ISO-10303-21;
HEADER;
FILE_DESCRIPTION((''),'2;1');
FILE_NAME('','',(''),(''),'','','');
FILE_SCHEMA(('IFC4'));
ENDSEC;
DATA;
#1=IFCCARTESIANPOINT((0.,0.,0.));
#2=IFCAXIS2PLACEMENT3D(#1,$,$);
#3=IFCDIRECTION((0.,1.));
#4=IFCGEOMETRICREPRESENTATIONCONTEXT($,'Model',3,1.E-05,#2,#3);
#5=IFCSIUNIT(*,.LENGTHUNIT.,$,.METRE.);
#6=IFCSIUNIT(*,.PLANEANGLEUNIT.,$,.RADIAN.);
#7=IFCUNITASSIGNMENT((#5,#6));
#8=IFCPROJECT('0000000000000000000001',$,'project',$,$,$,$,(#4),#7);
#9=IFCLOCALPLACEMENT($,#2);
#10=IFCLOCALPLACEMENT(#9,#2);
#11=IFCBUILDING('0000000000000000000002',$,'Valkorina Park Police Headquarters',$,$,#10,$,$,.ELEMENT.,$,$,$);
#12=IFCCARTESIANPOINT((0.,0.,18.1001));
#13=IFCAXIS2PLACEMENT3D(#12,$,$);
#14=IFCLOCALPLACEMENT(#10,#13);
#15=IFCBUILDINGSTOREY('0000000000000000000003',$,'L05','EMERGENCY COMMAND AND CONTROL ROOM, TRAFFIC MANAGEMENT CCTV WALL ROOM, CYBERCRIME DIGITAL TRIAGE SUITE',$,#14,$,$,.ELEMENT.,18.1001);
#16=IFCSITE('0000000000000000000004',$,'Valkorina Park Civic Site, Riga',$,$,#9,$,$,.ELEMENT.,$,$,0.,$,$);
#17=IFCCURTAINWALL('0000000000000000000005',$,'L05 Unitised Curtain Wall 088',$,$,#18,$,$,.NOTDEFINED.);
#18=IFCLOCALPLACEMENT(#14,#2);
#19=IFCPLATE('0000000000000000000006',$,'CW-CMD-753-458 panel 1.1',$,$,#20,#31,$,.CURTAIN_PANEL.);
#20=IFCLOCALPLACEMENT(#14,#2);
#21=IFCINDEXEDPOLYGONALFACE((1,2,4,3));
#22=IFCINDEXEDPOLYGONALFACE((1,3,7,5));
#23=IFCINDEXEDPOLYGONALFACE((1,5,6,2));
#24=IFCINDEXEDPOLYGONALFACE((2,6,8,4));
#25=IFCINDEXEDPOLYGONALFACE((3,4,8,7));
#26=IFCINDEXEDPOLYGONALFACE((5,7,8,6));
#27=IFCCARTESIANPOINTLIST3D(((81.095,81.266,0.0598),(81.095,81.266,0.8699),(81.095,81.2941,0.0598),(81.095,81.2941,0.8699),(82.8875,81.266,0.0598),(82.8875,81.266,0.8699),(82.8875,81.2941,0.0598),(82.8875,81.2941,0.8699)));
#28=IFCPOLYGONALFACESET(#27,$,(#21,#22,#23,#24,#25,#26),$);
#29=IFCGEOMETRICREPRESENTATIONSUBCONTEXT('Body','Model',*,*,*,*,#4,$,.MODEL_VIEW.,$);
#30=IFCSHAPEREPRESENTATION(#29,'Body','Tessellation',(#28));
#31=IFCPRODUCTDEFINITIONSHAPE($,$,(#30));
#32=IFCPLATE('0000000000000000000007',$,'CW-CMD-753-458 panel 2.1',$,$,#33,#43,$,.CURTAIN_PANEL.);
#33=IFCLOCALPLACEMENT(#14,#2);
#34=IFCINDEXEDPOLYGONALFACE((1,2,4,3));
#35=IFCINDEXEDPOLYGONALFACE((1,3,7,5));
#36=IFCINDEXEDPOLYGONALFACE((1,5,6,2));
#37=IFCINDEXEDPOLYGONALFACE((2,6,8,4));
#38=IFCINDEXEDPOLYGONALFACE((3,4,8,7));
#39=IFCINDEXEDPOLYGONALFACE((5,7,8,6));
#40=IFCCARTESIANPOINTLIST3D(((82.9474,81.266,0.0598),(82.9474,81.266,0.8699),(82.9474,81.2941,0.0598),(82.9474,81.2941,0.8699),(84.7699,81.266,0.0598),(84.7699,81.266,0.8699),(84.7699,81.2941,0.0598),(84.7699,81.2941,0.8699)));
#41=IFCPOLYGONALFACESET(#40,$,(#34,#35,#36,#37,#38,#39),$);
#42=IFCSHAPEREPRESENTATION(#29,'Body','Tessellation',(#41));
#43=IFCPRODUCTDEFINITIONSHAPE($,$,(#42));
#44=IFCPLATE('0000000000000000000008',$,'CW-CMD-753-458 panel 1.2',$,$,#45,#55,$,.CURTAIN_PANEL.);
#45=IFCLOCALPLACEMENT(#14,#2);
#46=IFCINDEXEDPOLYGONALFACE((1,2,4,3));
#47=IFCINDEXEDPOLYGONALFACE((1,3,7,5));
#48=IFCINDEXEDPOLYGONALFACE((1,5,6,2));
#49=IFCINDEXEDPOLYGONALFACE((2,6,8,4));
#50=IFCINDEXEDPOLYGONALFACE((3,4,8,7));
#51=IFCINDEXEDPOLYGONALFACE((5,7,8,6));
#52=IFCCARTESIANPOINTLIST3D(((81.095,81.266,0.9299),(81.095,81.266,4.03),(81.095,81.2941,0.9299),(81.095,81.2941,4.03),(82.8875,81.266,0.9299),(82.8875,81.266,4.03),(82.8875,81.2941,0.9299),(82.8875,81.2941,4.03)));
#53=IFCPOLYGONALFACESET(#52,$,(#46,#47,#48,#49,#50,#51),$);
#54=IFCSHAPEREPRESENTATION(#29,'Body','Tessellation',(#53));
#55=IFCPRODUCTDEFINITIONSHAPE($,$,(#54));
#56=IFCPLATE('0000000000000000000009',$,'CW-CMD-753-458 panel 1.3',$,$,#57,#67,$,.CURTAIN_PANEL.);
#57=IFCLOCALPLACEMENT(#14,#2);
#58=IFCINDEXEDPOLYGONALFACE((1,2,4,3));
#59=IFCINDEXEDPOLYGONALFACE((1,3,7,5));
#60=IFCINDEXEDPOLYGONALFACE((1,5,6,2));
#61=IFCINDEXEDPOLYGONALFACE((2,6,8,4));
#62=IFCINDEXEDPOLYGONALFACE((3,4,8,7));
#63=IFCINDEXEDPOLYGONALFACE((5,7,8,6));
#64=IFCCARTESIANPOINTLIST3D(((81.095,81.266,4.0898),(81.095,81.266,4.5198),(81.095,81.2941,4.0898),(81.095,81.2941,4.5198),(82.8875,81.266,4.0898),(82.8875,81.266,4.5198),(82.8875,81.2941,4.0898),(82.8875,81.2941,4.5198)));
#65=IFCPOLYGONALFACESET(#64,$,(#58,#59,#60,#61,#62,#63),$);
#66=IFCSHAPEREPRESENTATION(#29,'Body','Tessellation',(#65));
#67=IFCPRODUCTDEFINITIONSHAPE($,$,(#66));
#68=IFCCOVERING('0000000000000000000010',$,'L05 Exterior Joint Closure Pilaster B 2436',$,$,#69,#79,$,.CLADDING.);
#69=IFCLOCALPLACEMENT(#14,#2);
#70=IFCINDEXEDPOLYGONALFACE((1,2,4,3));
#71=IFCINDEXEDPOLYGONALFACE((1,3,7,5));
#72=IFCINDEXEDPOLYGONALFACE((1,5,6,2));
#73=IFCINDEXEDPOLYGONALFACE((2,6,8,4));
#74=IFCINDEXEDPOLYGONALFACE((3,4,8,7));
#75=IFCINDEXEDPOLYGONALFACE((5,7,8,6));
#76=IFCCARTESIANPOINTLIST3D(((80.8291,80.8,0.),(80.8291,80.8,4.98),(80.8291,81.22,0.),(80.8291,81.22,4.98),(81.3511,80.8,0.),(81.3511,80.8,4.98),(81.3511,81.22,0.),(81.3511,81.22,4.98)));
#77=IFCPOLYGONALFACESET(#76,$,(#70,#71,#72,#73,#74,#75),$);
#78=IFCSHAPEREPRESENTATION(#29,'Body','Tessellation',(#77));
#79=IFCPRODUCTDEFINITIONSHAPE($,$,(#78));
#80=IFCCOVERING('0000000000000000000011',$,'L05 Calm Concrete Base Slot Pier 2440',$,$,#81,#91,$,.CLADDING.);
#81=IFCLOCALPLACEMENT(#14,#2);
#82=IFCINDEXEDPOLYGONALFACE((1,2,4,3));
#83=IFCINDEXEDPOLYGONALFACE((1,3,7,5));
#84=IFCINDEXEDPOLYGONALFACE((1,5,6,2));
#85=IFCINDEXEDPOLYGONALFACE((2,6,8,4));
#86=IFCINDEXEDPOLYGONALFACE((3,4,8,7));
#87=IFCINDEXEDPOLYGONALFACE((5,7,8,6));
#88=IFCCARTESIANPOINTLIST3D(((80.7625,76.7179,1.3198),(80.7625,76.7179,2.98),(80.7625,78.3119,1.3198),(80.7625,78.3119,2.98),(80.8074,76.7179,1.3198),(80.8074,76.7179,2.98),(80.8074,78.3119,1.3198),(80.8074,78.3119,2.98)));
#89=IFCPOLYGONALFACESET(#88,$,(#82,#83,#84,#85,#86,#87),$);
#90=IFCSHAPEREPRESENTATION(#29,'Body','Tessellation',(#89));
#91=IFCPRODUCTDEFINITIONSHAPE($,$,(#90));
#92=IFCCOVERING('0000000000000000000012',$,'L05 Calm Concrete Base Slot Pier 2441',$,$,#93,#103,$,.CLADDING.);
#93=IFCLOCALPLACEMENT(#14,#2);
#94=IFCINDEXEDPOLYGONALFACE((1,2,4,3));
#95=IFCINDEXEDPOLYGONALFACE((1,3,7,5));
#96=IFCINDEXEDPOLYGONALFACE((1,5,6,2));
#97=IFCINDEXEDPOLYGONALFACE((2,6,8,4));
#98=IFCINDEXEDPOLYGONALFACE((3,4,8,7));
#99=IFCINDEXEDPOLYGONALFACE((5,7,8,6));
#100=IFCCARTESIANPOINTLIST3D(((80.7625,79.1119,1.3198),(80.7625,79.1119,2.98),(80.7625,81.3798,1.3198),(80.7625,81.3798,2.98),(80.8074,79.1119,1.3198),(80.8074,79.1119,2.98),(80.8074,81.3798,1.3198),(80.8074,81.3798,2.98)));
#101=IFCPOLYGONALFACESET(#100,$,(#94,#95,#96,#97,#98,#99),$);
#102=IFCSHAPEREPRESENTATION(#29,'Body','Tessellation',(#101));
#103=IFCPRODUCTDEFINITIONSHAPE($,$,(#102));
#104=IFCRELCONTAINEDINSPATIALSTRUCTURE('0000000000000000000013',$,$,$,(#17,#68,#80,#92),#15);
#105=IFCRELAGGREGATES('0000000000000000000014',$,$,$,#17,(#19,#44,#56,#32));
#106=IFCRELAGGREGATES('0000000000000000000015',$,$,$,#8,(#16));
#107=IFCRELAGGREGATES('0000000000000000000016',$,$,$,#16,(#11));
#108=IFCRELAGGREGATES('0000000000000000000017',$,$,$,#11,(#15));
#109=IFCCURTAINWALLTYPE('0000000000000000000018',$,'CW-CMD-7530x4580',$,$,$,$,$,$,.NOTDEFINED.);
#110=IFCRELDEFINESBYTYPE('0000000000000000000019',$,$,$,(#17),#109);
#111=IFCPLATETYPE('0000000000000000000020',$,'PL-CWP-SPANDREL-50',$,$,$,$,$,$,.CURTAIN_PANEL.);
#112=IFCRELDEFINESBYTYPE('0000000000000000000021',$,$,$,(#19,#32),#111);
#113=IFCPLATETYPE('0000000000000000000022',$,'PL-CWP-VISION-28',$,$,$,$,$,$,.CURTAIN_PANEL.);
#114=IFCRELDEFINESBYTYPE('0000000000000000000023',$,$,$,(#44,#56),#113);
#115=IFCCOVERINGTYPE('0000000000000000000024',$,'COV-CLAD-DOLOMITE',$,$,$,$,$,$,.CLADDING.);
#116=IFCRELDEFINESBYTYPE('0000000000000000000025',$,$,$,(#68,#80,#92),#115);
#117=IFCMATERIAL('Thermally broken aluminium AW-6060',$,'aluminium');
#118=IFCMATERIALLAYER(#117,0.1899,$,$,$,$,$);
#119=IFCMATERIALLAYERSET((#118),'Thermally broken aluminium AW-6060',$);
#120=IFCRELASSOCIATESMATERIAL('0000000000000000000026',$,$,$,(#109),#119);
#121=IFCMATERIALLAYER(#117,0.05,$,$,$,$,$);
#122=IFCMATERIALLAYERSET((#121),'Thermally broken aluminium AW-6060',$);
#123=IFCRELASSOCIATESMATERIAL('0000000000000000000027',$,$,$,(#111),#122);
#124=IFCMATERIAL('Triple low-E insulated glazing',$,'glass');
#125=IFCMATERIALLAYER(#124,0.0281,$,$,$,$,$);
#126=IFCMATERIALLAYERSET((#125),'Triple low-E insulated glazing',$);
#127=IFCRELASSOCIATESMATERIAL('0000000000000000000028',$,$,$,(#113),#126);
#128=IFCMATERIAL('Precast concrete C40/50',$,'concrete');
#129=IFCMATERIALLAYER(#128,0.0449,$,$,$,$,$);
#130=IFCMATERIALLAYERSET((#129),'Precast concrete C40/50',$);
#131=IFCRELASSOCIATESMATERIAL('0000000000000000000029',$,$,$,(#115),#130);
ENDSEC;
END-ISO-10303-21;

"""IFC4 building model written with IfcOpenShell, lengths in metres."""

from ifc_helpers import new_model, si_unit, direction, frame, frame_2d, origin, origin_2d, place, context, subcontext, project, spatial, rectangle, extrude, material, layer, layer_set, type_object, element, aggregate, save


model = new_model("IFC4")

# Units and contexts
model_context = context("Model", 3, precision=1e-05, world=origin(), true_north=direction((0.0, 1.0)))
body_context = subcontext(model_context, "Body", "Model", "MODEL_VIEW")
ifc_project = project(units=[si_unit("LENGTHUNIT", "METRE"), si_unit("PLANEANGLEUNIT", "RADIAN")], contexts=[model_context])

# Site, building, storey
site_placement = place(None, origin())
site = spatial("IfcSite", under=ifc_project, at=site_placement, Name="Valkorina Park Civic Site, Riga", CompositionType="ELEMENT", RefElevation=0.0)
building_placement = place(site_placement, origin())
building = spatial("IfcBuilding", under=site, at=building_placement, Name="Valkorina Park Police Headquarters", CompositionType="ELEMENT")
storey_placement = place(building_placement, frame((0.0, 0.0, 18.1001)))
storey = spatial("IfcBuildingStorey", under=building, at=storey_placement, Name="L05", Description="EMERGENCY COMMAND AND CONTROL ROOM, TRAFFIC MANAGEMENT CCTV WALL ROOM, CYBERCRIME DIGITAL TRIAGE SUITE", CompositionType="ELEMENT", Elevation=18.1001)

# Curtain wall, plates
ifc_material_1 = material(Name="Thermally broken aluminium AW-6060", Category="aluminium")
ifc_layer_1 = layer(ifc_material_1, 0.1899)
ifc_layer_set_1 = layer_set([ifc_layer_1], Name="Thermally broken aluminium AW-6060")
curtain_wall_type = type_object("IfcCurtainWallType", Name="CW-CMD-7530x4580", PredefinedType="NOTDEFINED", material=ifc_layer_set_1)
curtain_wall_placement = place(storey_placement, origin())
curtain_wall = element("IfcCurtainWall", 1, at=curtain_wall_placement, inside=storey, type_object=curtain_wall_type, Name="L05 Unitised Curtain Wall 088", PredefinedType="NOTDEFINED")
ifc_layer_2 = layer(ifc_material_1, 0.05)
ifc_layer_set_2 = layer_set([ifc_layer_2], Name="Thermally broken aluminium AW-6060")
plate_type_1 = type_object("IfcPlateType", Name="PL-CWP-SPANDREL-50", PredefinedType="CURTAIN_PANEL", material=ifc_layer_set_2)
plate_1_placement = place(storey_placement, frame((81.9912, 81.28, 0.0598), z_axis=(0.0, 0.0, 1.0), x_axis=(1.0, 0.0, 0.0)))
plate_1 = element("IfcPlate", 2, at=plate_1_placement, type_object=plate_type_1, Name="CW-CMD-753-458 panel 1.1", PredefinedType="CURTAIN_PANEL", context=body_context, shape_type="SweptSolid", body=[
    extrude(rectangle(XDim=1.7925, YDim=0.0281, at=origin_2d()), origin(), (0.0, 0.0, 1.0), 0.8101),
])
plate_2_placement = place(storey_placement, frame((83.8586, 81.28, 0.0598), z_axis=(0.0, 0.0, 1.0), x_axis=(1.0, 0.0, 0.0)))
plate_2 = element("IfcPlate", 3, at=plate_2_placement, type_object=plate_type_1, Name="CW-CMD-753-458 panel 2.1", PredefinedType="CURTAIN_PANEL", context=body_context, shape_type="SweptSolid", body=[
    extrude(rectangle(XDim=1.8225, YDim=0.0281, at=origin_2d()), origin(), (0.0, 0.0, 1.0), 0.8101),
])
ifc_material_2 = material(Name="Triple low-E insulated glazing", Category="glass")
ifc_layer_3 = layer(ifc_material_2, 0.0281)
ifc_layer_set_3 = layer_set([ifc_layer_3], Name="Triple low-E insulated glazing")
plate_type_2 = type_object("IfcPlateType", Name="PL-CWP-VISION-28", PredefinedType="CURTAIN_PANEL", material=ifc_layer_set_3)
plate_3_placement = place(storey_placement, frame((81.9912, 81.28, 0.9299), z_axis=(0.0, 0.0, 1.0), x_axis=(1.0, 0.0, 0.0)))
plate_3 = element("IfcPlate", 4, at=plate_3_placement, type_object=plate_type_2, Name="CW-CMD-753-458 panel 1.2", PredefinedType="CURTAIN_PANEL", context=body_context, shape_type="SweptSolid", body=[
    extrude(rectangle(XDim=1.7925, YDim=0.0281, at=origin_2d()), origin(), (0.0, 0.0, 1.0), 3.1001),
])
plate_4_placement = place(storey_placement, frame((81.9912, 81.28, 4.0898), z_axis=(0.0, 0.0, 1.0), x_axis=(1.0, 0.0, 0.0)))
plate_4 = element("IfcPlate", 5, at=plate_4_placement, type_object=plate_type_2, Name="CW-CMD-753-458 panel 1.3", PredefinedType="CURTAIN_PANEL", context=body_context, shape_type="SweptSolid", body=[
    extrude(rectangle(XDim=1.7925, YDim=0.0281, at=origin_2d()), origin(), (0.0, 0.0, 1.0), 0.4299),
])
aggregate(curtain_wall, [plate_1, plate_3, plate_4, plate_2])

# Coverings
ifc_material_3 = material(Name="Precast concrete C40/50", Category="concrete")
ifc_layer_4 = layer(ifc_material_3, 0.0449)
ifc_layer_set_4 = layer_set([ifc_layer_4], Name="Precast concrete C40/50")
covering_type = type_object("IfcCoveringType", Name="COV-CLAD-DOLOMITE", PredefinedType="CLADDING", material=ifc_layer_set_4)
covering_1_placement = place(storey_placement, frame((81.0901, 81.01, 0.0), z_axis=(0.0, 0.0, 1.0), x_axis=(0.0, 1.0, 0.0)))
element("IfcCovering", 6, at=covering_1_placement, inside=storey, type_object=covering_type, Name="L05 Exterior Joint Closure Pilaster B 2436", PredefinedType="CLADDING", context=body_context, shape_type="SweptSolid", body=[
    extrude(rectangle(XDim=0.4199, YDim=0.522, at=origin_2d()), origin(), (0.0, 0.0, 1.0), 4.98),
])
covering_2_placement = place(storey_placement, frame((80.7849, 76.718, 1.3198), z_axis=(0.0, 0.0, 1.0), x_axis=(0.0, 1.0, 0.0)))
element("IfcCovering", 7, at=covering_2_placement, inside=storey, type_object=covering_type, Name="L05 Calm Concrete Base Slot Pier 2440", PredefinedType="CLADDING", context=body_context, shape_type="SweptSolid", body=[
    extrude(rectangle(XDim=1.594, YDim=0.0449, at=frame_2d((0.7969, 0.0))), origin(), (0.0, 0.0, 1.0), 1.6602),
])
covering_3_placement = place(storey_placement, frame((80.7849, 79.1121, 1.3198), z_axis=(0.0, 0.0, 1.0), x_axis=(0.0, 1.0, 0.0)))
element("IfcCovering", 8, at=covering_3_placement, inside=storey, type_object=covering_type, Name="L05 Calm Concrete Base Slot Pier 2441", PredefinedType="CLADDING", context=body_context, shape_type="SweptSolid", body=[
    extrude(rectangle(XDim=2.2678, YDim=0.0449, at=frame_2d((1.1338, 0.0))), origin(), (0.0, 0.0, 1.0), 1.6602),
])

save(model, "model.ifc")
